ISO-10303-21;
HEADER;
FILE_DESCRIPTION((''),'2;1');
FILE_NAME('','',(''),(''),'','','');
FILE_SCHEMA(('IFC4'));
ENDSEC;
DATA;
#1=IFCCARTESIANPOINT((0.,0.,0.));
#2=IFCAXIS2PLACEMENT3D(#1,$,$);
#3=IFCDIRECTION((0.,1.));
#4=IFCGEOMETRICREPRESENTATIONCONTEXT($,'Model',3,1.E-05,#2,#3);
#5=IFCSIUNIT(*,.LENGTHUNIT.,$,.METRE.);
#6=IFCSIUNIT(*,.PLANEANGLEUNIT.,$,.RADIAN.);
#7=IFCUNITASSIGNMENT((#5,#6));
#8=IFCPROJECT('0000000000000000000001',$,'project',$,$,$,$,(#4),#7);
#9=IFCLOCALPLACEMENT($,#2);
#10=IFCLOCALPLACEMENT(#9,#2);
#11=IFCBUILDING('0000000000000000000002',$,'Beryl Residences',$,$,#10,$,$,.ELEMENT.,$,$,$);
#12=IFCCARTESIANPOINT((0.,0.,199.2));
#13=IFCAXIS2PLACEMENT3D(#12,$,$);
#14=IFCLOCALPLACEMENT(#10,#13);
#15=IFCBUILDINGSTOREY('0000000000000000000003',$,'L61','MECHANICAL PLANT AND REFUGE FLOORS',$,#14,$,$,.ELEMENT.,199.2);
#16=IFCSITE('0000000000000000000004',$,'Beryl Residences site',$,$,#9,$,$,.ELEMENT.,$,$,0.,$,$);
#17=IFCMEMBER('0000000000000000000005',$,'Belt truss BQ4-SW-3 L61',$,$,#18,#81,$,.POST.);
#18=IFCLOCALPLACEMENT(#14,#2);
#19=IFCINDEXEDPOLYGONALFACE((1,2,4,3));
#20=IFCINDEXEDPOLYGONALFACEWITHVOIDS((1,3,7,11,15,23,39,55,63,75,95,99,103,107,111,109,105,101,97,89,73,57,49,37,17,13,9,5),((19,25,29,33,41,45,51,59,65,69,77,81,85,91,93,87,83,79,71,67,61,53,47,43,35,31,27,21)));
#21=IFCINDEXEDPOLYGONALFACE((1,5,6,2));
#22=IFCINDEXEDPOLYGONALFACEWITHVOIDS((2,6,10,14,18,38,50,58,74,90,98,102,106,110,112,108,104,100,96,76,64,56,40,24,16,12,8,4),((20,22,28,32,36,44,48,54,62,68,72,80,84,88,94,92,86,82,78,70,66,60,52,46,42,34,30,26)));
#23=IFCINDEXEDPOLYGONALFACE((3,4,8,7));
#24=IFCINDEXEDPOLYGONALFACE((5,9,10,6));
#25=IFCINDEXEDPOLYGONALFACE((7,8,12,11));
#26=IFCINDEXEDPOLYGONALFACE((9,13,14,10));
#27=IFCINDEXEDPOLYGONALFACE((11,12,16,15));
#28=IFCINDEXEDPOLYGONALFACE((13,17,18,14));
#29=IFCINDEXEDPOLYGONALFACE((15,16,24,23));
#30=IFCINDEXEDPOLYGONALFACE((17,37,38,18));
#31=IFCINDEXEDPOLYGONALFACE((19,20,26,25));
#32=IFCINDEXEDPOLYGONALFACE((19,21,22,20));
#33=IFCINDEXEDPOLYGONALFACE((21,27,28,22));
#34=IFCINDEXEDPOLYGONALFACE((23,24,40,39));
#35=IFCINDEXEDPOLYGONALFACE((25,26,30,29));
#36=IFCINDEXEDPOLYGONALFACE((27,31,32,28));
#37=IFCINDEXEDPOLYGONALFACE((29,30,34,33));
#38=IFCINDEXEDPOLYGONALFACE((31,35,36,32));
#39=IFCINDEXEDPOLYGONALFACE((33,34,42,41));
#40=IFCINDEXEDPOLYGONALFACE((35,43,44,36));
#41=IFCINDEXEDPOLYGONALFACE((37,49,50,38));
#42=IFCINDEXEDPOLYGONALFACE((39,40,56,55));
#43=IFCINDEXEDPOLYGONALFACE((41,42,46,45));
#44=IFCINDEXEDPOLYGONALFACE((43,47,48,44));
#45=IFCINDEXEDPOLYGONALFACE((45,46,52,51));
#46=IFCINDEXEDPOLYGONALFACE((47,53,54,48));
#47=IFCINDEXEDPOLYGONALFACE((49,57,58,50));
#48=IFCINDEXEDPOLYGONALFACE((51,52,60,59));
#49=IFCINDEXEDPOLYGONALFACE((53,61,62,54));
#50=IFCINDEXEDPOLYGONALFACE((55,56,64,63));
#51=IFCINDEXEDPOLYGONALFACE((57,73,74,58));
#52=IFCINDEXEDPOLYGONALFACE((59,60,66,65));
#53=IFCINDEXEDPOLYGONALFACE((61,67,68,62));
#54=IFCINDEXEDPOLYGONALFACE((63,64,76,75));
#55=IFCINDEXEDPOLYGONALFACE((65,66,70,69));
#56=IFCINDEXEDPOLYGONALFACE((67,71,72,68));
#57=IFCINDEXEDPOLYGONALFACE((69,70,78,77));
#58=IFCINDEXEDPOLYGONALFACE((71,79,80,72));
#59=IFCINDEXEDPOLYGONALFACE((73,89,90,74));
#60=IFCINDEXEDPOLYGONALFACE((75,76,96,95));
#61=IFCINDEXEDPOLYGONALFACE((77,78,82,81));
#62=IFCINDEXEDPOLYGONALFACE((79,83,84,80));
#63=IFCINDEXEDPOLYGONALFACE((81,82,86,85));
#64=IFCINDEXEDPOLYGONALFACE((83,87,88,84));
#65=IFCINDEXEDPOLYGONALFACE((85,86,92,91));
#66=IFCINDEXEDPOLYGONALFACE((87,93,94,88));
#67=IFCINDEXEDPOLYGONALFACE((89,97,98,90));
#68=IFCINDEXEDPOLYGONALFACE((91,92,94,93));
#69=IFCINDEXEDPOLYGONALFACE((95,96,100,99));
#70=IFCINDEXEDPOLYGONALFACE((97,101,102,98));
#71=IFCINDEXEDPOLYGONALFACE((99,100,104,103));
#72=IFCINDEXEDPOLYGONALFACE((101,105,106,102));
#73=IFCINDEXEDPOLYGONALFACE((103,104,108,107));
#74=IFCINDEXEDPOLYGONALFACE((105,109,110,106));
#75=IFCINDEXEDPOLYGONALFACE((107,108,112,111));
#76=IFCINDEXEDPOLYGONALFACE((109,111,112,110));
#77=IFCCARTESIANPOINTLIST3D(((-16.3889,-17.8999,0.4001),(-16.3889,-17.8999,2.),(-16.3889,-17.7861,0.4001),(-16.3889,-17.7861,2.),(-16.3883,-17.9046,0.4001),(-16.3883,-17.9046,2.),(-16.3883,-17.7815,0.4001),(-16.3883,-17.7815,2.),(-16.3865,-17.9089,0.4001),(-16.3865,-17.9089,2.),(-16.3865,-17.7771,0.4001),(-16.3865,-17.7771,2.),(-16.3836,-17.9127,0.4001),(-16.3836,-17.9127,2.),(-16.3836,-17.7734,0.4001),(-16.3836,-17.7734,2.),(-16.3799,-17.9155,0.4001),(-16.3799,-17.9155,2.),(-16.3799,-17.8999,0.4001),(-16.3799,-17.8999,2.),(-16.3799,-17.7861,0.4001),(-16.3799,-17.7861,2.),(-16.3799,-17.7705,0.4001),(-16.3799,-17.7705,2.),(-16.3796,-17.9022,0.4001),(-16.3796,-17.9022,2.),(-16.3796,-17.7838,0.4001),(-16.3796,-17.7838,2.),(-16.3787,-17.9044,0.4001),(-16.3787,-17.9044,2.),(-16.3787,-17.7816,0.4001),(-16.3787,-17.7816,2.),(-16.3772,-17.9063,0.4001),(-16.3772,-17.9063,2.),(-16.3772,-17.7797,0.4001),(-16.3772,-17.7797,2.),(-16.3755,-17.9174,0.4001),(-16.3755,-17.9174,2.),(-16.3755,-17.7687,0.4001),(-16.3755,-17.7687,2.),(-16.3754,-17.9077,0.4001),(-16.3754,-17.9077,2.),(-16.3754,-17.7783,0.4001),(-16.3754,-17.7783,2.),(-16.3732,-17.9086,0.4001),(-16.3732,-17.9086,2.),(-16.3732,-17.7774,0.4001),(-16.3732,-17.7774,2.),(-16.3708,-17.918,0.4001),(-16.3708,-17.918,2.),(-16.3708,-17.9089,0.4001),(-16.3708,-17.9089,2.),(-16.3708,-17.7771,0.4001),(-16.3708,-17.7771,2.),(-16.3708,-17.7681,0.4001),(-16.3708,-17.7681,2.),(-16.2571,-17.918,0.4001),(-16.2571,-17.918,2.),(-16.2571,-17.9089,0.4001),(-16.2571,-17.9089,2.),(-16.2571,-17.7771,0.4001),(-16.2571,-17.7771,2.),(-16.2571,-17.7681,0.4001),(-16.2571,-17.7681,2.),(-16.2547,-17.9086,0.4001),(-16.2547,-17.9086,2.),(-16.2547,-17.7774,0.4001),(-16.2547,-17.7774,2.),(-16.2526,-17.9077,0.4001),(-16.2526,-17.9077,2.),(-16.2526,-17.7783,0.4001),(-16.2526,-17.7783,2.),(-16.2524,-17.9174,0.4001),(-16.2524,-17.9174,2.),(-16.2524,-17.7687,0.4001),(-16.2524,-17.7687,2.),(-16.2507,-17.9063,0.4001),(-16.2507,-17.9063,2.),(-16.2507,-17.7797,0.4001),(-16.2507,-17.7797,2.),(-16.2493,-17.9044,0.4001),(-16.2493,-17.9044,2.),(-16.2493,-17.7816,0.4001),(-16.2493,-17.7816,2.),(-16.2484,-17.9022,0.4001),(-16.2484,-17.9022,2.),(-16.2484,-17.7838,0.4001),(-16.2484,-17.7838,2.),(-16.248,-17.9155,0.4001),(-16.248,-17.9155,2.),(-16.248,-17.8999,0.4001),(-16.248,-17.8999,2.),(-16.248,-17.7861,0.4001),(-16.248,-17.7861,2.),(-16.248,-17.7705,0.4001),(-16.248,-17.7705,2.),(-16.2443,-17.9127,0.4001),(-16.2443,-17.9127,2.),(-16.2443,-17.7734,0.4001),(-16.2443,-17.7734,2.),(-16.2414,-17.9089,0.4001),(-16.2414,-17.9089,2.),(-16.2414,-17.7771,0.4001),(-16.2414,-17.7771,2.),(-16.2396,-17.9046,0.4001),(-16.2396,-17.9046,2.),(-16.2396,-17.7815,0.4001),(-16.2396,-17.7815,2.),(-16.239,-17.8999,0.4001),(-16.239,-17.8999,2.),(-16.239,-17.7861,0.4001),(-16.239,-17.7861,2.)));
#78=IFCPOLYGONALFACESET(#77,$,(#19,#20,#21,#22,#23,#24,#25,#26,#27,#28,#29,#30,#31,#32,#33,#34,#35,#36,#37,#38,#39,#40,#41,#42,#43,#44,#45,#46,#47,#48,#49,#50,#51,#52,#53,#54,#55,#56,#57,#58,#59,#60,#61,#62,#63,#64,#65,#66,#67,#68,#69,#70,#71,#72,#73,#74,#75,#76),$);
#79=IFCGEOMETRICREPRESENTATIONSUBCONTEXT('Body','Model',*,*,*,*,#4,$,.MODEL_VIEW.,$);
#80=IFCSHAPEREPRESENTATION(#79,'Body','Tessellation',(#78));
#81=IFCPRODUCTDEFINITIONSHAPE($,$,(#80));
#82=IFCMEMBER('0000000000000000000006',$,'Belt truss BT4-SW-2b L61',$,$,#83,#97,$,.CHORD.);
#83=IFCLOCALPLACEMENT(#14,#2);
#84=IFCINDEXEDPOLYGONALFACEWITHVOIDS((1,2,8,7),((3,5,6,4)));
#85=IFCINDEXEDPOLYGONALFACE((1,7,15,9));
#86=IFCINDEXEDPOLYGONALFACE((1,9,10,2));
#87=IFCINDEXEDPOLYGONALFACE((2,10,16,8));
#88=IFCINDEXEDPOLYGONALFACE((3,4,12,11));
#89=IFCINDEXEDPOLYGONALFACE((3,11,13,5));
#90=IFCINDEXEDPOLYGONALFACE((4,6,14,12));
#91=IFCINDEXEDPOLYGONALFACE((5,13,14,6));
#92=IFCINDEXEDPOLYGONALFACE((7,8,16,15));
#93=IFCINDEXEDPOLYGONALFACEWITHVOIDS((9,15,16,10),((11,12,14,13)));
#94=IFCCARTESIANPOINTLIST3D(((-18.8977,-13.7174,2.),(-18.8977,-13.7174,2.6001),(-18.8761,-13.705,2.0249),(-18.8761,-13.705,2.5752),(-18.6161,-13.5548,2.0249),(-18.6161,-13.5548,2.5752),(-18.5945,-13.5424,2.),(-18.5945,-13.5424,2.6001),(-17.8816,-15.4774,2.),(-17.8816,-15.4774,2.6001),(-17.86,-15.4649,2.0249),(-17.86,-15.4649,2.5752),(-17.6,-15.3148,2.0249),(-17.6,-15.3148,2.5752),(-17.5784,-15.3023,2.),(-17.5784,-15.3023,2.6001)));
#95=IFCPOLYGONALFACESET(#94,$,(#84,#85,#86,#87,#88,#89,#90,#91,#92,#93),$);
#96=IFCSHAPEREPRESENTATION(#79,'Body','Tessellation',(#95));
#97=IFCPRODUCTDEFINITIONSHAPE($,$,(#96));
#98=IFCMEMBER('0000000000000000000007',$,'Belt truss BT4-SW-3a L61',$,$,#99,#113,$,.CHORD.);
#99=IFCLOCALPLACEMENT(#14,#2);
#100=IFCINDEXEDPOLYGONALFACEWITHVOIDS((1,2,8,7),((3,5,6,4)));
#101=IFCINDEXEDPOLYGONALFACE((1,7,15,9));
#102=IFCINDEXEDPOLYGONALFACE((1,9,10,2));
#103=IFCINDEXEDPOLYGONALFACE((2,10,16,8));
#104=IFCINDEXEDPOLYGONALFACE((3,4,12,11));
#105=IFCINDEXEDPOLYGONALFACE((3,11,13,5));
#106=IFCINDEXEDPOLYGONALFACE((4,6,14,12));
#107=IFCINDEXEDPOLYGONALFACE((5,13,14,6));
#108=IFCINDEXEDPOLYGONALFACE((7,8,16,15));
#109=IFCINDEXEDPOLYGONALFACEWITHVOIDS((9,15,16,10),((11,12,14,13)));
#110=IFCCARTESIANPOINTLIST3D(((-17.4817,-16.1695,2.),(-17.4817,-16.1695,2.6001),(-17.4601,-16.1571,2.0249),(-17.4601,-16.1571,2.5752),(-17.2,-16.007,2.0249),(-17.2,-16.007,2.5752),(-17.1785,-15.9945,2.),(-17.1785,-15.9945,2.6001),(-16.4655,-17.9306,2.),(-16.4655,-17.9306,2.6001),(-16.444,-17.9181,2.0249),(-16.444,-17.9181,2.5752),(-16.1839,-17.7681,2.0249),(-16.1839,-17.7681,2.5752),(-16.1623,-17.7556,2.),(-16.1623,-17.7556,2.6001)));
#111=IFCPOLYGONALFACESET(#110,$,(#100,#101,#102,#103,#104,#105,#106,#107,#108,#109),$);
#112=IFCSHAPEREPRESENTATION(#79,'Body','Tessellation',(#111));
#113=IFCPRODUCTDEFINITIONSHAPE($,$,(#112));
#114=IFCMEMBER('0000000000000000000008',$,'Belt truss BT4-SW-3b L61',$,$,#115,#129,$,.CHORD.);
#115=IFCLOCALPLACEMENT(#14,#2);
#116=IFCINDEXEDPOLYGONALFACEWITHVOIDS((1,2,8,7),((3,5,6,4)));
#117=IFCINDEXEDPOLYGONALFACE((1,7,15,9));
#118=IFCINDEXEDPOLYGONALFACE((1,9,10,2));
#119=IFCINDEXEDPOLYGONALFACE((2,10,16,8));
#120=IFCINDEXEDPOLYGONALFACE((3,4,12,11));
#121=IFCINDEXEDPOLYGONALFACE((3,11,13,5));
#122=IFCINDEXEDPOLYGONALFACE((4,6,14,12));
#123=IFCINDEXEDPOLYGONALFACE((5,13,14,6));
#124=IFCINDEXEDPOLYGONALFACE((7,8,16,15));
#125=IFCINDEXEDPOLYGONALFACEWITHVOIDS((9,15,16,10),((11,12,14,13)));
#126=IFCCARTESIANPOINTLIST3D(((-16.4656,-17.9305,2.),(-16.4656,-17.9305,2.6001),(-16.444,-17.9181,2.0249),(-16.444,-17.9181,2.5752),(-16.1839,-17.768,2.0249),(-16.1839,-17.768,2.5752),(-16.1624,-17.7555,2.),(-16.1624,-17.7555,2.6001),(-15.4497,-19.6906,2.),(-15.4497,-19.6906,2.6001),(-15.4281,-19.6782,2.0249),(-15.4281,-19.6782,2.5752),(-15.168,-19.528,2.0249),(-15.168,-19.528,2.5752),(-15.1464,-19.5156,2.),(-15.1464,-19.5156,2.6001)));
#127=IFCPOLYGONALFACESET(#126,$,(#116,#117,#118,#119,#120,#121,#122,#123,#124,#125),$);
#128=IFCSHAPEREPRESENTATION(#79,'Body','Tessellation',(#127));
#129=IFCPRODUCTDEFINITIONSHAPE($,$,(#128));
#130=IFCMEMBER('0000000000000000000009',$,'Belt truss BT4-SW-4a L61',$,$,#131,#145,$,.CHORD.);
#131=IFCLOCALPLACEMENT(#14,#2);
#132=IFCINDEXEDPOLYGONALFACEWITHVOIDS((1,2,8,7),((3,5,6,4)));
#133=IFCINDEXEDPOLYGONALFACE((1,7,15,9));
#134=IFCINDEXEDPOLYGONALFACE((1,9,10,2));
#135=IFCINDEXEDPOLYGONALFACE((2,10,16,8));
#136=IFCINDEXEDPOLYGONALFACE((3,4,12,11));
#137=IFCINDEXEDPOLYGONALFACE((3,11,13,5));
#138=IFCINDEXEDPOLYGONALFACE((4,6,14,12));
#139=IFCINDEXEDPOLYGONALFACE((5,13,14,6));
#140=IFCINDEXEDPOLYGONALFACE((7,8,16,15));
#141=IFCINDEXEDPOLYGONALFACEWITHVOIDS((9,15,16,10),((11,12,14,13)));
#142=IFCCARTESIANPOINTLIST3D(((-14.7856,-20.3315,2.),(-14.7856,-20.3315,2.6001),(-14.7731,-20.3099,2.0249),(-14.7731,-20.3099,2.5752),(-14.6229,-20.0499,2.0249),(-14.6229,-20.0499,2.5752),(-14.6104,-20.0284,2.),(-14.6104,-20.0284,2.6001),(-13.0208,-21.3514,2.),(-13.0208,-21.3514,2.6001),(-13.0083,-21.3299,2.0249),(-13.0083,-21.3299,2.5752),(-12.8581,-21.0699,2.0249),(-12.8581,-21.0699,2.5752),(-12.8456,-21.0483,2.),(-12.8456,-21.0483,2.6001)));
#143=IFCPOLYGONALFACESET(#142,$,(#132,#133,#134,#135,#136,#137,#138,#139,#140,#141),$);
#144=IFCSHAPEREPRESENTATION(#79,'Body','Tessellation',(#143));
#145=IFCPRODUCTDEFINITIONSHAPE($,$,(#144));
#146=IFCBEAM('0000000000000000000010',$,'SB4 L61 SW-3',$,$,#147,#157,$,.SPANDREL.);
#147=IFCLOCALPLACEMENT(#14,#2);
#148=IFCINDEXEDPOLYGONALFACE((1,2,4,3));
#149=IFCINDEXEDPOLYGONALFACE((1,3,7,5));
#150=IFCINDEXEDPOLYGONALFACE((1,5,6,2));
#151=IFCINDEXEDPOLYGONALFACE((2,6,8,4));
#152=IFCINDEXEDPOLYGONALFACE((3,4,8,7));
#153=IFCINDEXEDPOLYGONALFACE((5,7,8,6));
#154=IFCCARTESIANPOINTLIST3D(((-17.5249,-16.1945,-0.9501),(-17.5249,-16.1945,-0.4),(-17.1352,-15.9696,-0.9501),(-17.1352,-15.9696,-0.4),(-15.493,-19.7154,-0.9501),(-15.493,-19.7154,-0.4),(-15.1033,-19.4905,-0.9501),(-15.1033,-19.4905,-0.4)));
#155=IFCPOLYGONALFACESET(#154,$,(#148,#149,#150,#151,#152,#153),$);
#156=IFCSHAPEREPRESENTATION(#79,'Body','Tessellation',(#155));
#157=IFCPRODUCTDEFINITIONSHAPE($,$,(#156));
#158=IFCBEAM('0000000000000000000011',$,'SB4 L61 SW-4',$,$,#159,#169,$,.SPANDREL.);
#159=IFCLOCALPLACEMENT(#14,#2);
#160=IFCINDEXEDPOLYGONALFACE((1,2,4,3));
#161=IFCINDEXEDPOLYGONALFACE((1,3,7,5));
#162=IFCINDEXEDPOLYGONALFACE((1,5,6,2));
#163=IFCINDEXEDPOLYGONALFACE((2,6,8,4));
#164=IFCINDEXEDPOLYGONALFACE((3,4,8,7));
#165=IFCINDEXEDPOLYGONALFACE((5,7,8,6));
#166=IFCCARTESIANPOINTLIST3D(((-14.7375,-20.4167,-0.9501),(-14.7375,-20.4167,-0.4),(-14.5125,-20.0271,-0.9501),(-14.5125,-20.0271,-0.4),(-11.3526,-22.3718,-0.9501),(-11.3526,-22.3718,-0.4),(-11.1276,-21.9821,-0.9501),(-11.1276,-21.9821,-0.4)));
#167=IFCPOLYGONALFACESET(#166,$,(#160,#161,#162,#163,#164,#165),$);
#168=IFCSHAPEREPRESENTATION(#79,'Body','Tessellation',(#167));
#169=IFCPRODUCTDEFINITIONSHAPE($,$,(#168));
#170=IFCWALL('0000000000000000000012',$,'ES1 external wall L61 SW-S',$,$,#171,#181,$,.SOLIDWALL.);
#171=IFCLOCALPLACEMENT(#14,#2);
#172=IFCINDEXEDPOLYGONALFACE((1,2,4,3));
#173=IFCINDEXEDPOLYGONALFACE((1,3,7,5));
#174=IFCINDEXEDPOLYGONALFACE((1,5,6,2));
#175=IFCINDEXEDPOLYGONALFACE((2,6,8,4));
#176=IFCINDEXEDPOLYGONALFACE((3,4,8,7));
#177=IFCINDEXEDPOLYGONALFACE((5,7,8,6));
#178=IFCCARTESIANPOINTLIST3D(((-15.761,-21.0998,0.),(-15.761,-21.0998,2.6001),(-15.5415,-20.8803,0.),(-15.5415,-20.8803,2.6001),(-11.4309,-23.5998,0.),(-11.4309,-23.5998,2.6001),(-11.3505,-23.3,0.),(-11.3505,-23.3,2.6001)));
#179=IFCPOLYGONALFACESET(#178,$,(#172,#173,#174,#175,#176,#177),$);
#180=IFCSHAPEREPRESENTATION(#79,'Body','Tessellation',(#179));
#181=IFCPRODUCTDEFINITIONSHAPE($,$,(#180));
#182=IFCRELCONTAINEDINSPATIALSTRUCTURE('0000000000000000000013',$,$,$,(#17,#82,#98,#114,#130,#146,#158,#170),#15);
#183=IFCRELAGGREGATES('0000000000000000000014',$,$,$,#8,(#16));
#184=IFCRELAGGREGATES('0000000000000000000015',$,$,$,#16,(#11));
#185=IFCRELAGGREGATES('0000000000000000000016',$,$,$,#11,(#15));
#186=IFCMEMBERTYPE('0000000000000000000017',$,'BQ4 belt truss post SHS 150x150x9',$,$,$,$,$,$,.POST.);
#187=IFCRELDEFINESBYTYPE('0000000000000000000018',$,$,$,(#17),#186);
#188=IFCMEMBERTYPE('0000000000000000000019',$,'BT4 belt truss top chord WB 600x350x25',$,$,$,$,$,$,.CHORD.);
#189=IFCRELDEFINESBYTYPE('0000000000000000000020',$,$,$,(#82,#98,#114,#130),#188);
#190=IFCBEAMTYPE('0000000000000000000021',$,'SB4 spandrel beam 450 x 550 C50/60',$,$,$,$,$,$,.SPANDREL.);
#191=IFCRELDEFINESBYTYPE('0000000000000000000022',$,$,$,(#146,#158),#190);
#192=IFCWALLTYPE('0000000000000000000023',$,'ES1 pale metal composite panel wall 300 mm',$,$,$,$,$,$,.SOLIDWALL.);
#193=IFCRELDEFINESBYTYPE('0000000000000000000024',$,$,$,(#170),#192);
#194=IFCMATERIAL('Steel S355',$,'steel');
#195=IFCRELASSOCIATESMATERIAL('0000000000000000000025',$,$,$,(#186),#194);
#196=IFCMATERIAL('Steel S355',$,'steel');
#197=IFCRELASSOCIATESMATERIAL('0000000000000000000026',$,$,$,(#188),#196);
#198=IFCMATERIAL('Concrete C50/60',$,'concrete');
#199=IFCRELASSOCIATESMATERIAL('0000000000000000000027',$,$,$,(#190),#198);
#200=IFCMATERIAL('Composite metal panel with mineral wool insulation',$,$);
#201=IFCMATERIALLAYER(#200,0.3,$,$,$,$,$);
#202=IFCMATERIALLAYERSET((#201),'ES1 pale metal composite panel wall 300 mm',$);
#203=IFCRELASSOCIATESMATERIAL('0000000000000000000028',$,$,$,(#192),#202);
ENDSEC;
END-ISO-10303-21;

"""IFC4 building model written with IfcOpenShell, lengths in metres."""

from ifc_helpers import new_model, si_unit, direction, frame, origin, origin_2d, place, context, subcontext, project, spatial, polyline, rectangle, hollow_rectangle, outline, extrude, material, layer, layer_set, material_profile, profile_set, type_object, element, save


model = new_model("IFC4")

# Units and contexts
model_context = context("Model", 3, precision=1e-05, world=origin(), true_north=direction((0.0, 1.0)))
body_context = subcontext(model_context, "Body", "Model", "MODEL_VIEW")
ifc_project = project(units=[si_unit("LENGTHUNIT", "METRE"), si_unit("PLANEANGLEUNIT", "RADIAN")], contexts=[model_context])

# Site, building, storey
site_placement = place(None, origin())
site = spatial("IfcSite", under=ifc_project, at=site_placement, Name="Beryl Residences site", CompositionType="ELEMENT", RefElevation=0.0)
building_placement = place(site_placement, origin())
building = spatial("IfcBuilding", under=site, at=building_placement, Name="Beryl Residences", CompositionType="ELEMENT")
storey_placement = place(building_placement, frame((0.0, 0.0, 199.2)))
storey = spatial("IfcBuildingStorey", under=building, at=storey_placement, Name="L61", Description="MECHANICAL PLANT AND REFUGE FLOORS", CompositionType="ELEMENT", Elevation=199.2)

# Members
ifc_material_1 = material(Name="Steel S355", Category="steel")
ifc_material_profile_1 = material_profile(ifc_material_1, hollow_rectangle(XDim=0.1499, YDim=0.1499, WallThickness=0.009, InnerFilletRadius=0.009, OuterFilletRadius=0.0181, at=origin_2d()))
ifc_profile_set_1 = profile_set([ifc_material_profile_1], Name="Steel S355")
member_type_1 = type_object("IfcMemberType", Name="BQ4 belt truss post SHS 150x150x9", PredefinedType="POST", material=ifc_profile_set_1)
for number, where, z_axis, x_axis, name in (
    (1, (-16.314, -17.843, 0.4001), (0.0, 0.0, 1.0), (1.0, 0.0, 0.0), "Belt truss BQ4-SW-3 L61"),
):
    element("IfcMember", number, at=place(storey_placement, frame(where, z_axis=z_axis, x_axis=x_axis)), inside=storey, type_object=member_type_1, Name=name, PredefinedType="POST", context=body_context, shape_type="SweptSolid", body=[
        extrude(hollow_rectangle(XDim=0.1499, YDim=0.1499, WallThickness=0.009, InnerFilletRadius=0.009, OuterFilletRadius=0.0181, at=origin_2d()), origin(), (0.0, 0.0, 1.0), 1.5999),
    ])
ifc_material_2 = material(Name="Steel S355", Category="steel")
ifc_material_profile_2 = material_profile(ifc_material_2, hollow_rectangle(XDim=0.3501, YDim=0.6001, WallThickness=0.0249, at=origin_2d()))
ifc_profile_set_2 = profile_set([ifc_material_profile_2], Name="Steel S355")
member_type_2 = type_object("IfcMemberType", Name="BT4 belt truss top chord WB 600x350x25", PredefinedType="CHORD", material=ifc_profile_set_2)
member_1_placement = place(storey_placement, frame((-18.7461, -13.6299, 2.3), z_axis=(0.499989, -0.866032, 0.0), x_axis=(0.866032, 0.499989, 0.0)))
element("IfcMember", 2, at=member_1_placement, inside=storey, type_object=member_type_2, Name="Belt truss BT4-SW-2b L61", PredefinedType="CHORD", context=body_context, shape_type="SweptSolid", body=[
    extrude(hollow_rectangle(XDim=0.3501, YDim=0.6001, WallThickness=0.0249, at=origin_2d()), origin(), (0.0, 0.0, 1.0), 2.0322),
])
member_2_placement = place(storey_placement, frame((-17.3301, -16.082, 2.3), z_axis=(0.499781, -0.866152, 0.0), x_axis=(0.866152, 0.499781, 0.0)))
element("IfcMember", 3, at=member_2_placement, inside=storey, type_object=member_type_2, Name="Belt truss BT4-SW-3a L61", PredefinedType="CHORD", context=body_context, shape_type="SweptSolid", body=[
    extrude(hollow_rectangle(XDim=0.3501, YDim=0.6001, WallThickness=0.0249, at=origin_2d()), origin(), (0.0, 0.0, 1.0), 2.0332),
])
member_3_placement = place(storey_placement, frame((-16.314, -17.843, 2.3), z_axis=(0.499899, -0.866084, 0.0), x_axis=(0.866084, 0.499899, 0.0)))
element("IfcMember", 4, at=member_3_placement, inside=storey, type_object=member_type_2, Name="Belt truss BT4-SW-3b L61", PredefinedType="CHORD", context=body_context, shape_type="SweptSolid", body=[
    extrude(hollow_rectangle(XDim=0.3501, YDim=0.6001, WallThickness=0.0249, at=origin_2d()), origin(), (0.0, 0.0, 1.0), 2.0322),
])
member_4_placement = place(storey_placement, frame((-14.698, -20.1799, 2.3), z_axis=(0.865801, -0.500389, 0.0), x_axis=(0.500389, 0.865801, 0.0)))
element("IfcMember", 5, at=member_4_placement, inside=storey, type_object=member_type_2, Name="Belt truss BT4-SW-4a L61", PredefinedType="CHORD", context=body_context, shape_type="SweptSolid", body=[
    extrude(hollow_rectangle(XDim=0.3501, YDim=0.6001, WallThickness=0.0249, at=origin_2d()), origin(), (0.0, 0.0, 1.0), 2.0383),
])

# Beams
ifc_material_3 = material(Name="Concrete C50/60", Category="concrete")
ifc_material_profile_3 = material_profile(ifc_material_3, rectangle(XDim=0.45, YDim=0.55, at=origin_2d()))
ifc_profile_set_3 = profile_set([ifc_material_profile_3], Name="Concrete C50/60")
beam_type = type_object("IfcBeamType", Name="SB4 spandrel beam 450 x 550 C50/60", PredefinedType="SPANDREL", material=ifc_profile_set_3)
beam_1_placement = place(storey_placement, frame((-17.3301, -16.082, -0.675), z_axis=(0.49984, -0.866118, 0.0), x_axis=(0.866118, 0.49984, 0.0)))
element("IfcBeam", 6, at=beam_1_placement, inside=storey, type_object=beam_type, Name="SB4 L61 SW-3", PredefinedType="SPANDREL", context=body_context, shape_type="SweptSolid", body=[
    extrude(rectangle(XDim=0.45, YDim=0.55, at=origin_2d()), origin(), (0.0, 0.0, 1.0), 4.0652),
])
beam_2_placement = place(storey_placement, frame((-14.625, -20.2219, -0.675), z_axis=(0.865943, -0.500142, 0.0), x_axis=(0.500142, 0.865943, 0.0)))
element("IfcBeam", 7, at=beam_2_placement, inside=storey, type_object=beam_type, Name="SB4 L61 SW-4", PredefinedType="SPANDREL", context=body_context, shape_type="SweptSolid", body=[
    extrude(rectangle(XDim=0.45, YDim=0.55, at=origin_2d()), origin(), (0.0, 0.0, 1.0), 3.9089),
])

# Wall
ifc_material_4 = material(Name="Composite metal panel with mineral wool insulation")
ifc_layer_1 = layer(ifc_material_4, 0.3)
ifc_layer_set_1 = layer_set([ifc_layer_1], Name="ES1 pale metal composite panel wall 300 mm")
wall_type_1 = type_object("IfcWallType", Name="ES1 pale metal composite panel wall 300 mm", PredefinedType="SOLIDWALL", material=ifc_layer_set_1)
wall_1_placement = place(storey_placement, frame((-15.686, -20.97, 0.0), z_axis=(0.0, 0.0, 1.0), x_axis=(0.866023, -0.500004, 0.0)))
element("IfcWall", 8, at=wall_1_placement, inside=storey, type_object=wall_type_1, Name="ES1 external wall L61 SW-S", PredefinedType="SOLIDWALL", context=body_context, shape_type="SweptSolid", body=[
    extrude(outline(polyline([(0.0, -0.1499), (5.0, -0.1499), (4.9197, 0.1499), (0.0803, 0.1499), (0.0, -0.1499)])), origin(), (0.0, 0.0, 1.0), 2.6001),
])

save(model, "model.ifc")
